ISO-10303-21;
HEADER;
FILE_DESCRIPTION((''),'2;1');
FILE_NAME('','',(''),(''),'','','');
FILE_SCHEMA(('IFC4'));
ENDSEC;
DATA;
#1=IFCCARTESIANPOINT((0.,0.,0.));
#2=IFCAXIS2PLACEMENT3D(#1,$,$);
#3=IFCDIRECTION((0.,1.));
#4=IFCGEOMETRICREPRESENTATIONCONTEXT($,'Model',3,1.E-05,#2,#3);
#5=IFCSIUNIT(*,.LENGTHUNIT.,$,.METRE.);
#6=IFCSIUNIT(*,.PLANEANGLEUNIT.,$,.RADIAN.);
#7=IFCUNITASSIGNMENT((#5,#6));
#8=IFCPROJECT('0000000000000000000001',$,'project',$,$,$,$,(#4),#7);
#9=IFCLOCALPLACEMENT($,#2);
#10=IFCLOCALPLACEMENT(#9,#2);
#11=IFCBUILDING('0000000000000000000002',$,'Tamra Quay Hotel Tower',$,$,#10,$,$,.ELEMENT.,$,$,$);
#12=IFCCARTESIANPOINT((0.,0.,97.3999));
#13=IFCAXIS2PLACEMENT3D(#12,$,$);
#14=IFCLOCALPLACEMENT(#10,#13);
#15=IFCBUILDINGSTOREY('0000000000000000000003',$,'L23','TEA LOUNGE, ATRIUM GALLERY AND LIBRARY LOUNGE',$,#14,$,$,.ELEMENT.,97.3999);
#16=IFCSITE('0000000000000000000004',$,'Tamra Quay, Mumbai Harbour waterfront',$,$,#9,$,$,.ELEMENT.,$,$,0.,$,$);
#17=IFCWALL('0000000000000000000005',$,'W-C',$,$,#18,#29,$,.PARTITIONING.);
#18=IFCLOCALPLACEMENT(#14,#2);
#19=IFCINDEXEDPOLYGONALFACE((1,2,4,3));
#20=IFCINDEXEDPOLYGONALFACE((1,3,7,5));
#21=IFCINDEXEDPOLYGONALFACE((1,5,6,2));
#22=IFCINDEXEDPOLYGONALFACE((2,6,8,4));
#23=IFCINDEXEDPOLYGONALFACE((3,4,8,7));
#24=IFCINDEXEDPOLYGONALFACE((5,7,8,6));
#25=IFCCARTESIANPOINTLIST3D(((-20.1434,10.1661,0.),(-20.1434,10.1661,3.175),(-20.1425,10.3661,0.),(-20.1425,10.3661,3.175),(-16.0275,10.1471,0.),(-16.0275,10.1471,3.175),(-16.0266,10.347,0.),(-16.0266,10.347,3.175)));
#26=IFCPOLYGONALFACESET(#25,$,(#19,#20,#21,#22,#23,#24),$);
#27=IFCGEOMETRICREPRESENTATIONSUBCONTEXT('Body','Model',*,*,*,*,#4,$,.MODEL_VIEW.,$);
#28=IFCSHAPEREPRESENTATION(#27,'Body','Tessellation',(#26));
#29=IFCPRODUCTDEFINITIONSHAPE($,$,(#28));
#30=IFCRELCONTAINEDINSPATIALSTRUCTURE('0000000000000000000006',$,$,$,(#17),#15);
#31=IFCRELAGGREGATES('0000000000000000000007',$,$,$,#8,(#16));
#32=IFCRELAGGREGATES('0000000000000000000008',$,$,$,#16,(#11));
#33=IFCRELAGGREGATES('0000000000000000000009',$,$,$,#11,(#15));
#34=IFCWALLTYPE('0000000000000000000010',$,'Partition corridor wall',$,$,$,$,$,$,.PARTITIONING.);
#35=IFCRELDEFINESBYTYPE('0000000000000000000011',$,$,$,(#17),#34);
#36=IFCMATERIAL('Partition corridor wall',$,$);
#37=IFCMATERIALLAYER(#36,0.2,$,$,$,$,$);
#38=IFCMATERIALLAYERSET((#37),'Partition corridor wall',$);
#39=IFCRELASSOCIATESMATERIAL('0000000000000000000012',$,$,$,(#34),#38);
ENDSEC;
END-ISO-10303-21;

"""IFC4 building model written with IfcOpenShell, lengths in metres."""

from ifc_helpers import new_model, si_unit, direction, frame, frame_2d, origin, place, context, subcontext, project, spatial, rectangle, extrude, material, layer, layer_set, type_object, element, save


model = new_model("IFC4")

# Units and contexts
model_context = context("Model", 3, precision=1e-05, world=origin(), true_north=direction((0.0, 1.0)))
body_context = subcontext(model_context, "Body", "Model", "MODEL_VIEW")
ifc_project = project(units=[si_unit("LENGTHUNIT", "METRE"), si_unit("PLANEANGLEUNIT", "RADIAN")], contexts=[model_context])

# Site, building, storey
site_placement = place(None, origin())
site = spatial("IfcSite", under=ifc_project, at=site_placement, Name="Tamra Quay, Mumbai Harbour waterfront", CompositionType="ELEMENT", RefElevation=0.0)
building_placement = place(site_placement, origin())
building = spatial("IfcBuilding", under=site, at=building_placement, Name="Tamra Quay Hotel Tower", CompositionType="ELEMENT")
storey_placement = place(building_placement, frame((0.0, 0.0, 97.3999)))
storey = spatial("IfcBuildingStorey", under=building, at=storey_placement, Name="L23", Description="TEA LOUNGE, ATRIUM GALLERY AND LIBRARY LOUNGE", CompositionType="ELEMENT", Elevation=97.3999)

# Shared definitions
ifc_material_1 = material(Name="Partition corridor wall")
ifc_layer_1 = layer(ifc_material_1, 0.2)
ifc_layer_set_1 = layer_set([ifc_layer_1], Name="Partition corridor wall")
wall_type_1 = type_object("IfcWallType", Name="Partition corridor wall", PredefinedType="PARTITIONING", material=ifc_layer_set_1)

# Wall
wall_1_placement = place(storey_placement, frame((-20.1431, 10.2661, 0.0), z_axis=(0.0, 0.0, 1.0), x_axis=(0.999989, -0.004627, 0.0)))
element("IfcWall", 1, at=wall_1_placement, inside=storey, type_object=wall_type_1, Name="W-C", PredefinedType="PARTITIONING", context=body_context, shape_type="SweptSolid", body=[
    extrude(rectangle(XDim=4.116, YDim=0.2, at=frame_2d((2.0581, 0.0))), origin(), (0.0, 0.0, 1.0), 3.175),
])

save(model, "model.ifc")
